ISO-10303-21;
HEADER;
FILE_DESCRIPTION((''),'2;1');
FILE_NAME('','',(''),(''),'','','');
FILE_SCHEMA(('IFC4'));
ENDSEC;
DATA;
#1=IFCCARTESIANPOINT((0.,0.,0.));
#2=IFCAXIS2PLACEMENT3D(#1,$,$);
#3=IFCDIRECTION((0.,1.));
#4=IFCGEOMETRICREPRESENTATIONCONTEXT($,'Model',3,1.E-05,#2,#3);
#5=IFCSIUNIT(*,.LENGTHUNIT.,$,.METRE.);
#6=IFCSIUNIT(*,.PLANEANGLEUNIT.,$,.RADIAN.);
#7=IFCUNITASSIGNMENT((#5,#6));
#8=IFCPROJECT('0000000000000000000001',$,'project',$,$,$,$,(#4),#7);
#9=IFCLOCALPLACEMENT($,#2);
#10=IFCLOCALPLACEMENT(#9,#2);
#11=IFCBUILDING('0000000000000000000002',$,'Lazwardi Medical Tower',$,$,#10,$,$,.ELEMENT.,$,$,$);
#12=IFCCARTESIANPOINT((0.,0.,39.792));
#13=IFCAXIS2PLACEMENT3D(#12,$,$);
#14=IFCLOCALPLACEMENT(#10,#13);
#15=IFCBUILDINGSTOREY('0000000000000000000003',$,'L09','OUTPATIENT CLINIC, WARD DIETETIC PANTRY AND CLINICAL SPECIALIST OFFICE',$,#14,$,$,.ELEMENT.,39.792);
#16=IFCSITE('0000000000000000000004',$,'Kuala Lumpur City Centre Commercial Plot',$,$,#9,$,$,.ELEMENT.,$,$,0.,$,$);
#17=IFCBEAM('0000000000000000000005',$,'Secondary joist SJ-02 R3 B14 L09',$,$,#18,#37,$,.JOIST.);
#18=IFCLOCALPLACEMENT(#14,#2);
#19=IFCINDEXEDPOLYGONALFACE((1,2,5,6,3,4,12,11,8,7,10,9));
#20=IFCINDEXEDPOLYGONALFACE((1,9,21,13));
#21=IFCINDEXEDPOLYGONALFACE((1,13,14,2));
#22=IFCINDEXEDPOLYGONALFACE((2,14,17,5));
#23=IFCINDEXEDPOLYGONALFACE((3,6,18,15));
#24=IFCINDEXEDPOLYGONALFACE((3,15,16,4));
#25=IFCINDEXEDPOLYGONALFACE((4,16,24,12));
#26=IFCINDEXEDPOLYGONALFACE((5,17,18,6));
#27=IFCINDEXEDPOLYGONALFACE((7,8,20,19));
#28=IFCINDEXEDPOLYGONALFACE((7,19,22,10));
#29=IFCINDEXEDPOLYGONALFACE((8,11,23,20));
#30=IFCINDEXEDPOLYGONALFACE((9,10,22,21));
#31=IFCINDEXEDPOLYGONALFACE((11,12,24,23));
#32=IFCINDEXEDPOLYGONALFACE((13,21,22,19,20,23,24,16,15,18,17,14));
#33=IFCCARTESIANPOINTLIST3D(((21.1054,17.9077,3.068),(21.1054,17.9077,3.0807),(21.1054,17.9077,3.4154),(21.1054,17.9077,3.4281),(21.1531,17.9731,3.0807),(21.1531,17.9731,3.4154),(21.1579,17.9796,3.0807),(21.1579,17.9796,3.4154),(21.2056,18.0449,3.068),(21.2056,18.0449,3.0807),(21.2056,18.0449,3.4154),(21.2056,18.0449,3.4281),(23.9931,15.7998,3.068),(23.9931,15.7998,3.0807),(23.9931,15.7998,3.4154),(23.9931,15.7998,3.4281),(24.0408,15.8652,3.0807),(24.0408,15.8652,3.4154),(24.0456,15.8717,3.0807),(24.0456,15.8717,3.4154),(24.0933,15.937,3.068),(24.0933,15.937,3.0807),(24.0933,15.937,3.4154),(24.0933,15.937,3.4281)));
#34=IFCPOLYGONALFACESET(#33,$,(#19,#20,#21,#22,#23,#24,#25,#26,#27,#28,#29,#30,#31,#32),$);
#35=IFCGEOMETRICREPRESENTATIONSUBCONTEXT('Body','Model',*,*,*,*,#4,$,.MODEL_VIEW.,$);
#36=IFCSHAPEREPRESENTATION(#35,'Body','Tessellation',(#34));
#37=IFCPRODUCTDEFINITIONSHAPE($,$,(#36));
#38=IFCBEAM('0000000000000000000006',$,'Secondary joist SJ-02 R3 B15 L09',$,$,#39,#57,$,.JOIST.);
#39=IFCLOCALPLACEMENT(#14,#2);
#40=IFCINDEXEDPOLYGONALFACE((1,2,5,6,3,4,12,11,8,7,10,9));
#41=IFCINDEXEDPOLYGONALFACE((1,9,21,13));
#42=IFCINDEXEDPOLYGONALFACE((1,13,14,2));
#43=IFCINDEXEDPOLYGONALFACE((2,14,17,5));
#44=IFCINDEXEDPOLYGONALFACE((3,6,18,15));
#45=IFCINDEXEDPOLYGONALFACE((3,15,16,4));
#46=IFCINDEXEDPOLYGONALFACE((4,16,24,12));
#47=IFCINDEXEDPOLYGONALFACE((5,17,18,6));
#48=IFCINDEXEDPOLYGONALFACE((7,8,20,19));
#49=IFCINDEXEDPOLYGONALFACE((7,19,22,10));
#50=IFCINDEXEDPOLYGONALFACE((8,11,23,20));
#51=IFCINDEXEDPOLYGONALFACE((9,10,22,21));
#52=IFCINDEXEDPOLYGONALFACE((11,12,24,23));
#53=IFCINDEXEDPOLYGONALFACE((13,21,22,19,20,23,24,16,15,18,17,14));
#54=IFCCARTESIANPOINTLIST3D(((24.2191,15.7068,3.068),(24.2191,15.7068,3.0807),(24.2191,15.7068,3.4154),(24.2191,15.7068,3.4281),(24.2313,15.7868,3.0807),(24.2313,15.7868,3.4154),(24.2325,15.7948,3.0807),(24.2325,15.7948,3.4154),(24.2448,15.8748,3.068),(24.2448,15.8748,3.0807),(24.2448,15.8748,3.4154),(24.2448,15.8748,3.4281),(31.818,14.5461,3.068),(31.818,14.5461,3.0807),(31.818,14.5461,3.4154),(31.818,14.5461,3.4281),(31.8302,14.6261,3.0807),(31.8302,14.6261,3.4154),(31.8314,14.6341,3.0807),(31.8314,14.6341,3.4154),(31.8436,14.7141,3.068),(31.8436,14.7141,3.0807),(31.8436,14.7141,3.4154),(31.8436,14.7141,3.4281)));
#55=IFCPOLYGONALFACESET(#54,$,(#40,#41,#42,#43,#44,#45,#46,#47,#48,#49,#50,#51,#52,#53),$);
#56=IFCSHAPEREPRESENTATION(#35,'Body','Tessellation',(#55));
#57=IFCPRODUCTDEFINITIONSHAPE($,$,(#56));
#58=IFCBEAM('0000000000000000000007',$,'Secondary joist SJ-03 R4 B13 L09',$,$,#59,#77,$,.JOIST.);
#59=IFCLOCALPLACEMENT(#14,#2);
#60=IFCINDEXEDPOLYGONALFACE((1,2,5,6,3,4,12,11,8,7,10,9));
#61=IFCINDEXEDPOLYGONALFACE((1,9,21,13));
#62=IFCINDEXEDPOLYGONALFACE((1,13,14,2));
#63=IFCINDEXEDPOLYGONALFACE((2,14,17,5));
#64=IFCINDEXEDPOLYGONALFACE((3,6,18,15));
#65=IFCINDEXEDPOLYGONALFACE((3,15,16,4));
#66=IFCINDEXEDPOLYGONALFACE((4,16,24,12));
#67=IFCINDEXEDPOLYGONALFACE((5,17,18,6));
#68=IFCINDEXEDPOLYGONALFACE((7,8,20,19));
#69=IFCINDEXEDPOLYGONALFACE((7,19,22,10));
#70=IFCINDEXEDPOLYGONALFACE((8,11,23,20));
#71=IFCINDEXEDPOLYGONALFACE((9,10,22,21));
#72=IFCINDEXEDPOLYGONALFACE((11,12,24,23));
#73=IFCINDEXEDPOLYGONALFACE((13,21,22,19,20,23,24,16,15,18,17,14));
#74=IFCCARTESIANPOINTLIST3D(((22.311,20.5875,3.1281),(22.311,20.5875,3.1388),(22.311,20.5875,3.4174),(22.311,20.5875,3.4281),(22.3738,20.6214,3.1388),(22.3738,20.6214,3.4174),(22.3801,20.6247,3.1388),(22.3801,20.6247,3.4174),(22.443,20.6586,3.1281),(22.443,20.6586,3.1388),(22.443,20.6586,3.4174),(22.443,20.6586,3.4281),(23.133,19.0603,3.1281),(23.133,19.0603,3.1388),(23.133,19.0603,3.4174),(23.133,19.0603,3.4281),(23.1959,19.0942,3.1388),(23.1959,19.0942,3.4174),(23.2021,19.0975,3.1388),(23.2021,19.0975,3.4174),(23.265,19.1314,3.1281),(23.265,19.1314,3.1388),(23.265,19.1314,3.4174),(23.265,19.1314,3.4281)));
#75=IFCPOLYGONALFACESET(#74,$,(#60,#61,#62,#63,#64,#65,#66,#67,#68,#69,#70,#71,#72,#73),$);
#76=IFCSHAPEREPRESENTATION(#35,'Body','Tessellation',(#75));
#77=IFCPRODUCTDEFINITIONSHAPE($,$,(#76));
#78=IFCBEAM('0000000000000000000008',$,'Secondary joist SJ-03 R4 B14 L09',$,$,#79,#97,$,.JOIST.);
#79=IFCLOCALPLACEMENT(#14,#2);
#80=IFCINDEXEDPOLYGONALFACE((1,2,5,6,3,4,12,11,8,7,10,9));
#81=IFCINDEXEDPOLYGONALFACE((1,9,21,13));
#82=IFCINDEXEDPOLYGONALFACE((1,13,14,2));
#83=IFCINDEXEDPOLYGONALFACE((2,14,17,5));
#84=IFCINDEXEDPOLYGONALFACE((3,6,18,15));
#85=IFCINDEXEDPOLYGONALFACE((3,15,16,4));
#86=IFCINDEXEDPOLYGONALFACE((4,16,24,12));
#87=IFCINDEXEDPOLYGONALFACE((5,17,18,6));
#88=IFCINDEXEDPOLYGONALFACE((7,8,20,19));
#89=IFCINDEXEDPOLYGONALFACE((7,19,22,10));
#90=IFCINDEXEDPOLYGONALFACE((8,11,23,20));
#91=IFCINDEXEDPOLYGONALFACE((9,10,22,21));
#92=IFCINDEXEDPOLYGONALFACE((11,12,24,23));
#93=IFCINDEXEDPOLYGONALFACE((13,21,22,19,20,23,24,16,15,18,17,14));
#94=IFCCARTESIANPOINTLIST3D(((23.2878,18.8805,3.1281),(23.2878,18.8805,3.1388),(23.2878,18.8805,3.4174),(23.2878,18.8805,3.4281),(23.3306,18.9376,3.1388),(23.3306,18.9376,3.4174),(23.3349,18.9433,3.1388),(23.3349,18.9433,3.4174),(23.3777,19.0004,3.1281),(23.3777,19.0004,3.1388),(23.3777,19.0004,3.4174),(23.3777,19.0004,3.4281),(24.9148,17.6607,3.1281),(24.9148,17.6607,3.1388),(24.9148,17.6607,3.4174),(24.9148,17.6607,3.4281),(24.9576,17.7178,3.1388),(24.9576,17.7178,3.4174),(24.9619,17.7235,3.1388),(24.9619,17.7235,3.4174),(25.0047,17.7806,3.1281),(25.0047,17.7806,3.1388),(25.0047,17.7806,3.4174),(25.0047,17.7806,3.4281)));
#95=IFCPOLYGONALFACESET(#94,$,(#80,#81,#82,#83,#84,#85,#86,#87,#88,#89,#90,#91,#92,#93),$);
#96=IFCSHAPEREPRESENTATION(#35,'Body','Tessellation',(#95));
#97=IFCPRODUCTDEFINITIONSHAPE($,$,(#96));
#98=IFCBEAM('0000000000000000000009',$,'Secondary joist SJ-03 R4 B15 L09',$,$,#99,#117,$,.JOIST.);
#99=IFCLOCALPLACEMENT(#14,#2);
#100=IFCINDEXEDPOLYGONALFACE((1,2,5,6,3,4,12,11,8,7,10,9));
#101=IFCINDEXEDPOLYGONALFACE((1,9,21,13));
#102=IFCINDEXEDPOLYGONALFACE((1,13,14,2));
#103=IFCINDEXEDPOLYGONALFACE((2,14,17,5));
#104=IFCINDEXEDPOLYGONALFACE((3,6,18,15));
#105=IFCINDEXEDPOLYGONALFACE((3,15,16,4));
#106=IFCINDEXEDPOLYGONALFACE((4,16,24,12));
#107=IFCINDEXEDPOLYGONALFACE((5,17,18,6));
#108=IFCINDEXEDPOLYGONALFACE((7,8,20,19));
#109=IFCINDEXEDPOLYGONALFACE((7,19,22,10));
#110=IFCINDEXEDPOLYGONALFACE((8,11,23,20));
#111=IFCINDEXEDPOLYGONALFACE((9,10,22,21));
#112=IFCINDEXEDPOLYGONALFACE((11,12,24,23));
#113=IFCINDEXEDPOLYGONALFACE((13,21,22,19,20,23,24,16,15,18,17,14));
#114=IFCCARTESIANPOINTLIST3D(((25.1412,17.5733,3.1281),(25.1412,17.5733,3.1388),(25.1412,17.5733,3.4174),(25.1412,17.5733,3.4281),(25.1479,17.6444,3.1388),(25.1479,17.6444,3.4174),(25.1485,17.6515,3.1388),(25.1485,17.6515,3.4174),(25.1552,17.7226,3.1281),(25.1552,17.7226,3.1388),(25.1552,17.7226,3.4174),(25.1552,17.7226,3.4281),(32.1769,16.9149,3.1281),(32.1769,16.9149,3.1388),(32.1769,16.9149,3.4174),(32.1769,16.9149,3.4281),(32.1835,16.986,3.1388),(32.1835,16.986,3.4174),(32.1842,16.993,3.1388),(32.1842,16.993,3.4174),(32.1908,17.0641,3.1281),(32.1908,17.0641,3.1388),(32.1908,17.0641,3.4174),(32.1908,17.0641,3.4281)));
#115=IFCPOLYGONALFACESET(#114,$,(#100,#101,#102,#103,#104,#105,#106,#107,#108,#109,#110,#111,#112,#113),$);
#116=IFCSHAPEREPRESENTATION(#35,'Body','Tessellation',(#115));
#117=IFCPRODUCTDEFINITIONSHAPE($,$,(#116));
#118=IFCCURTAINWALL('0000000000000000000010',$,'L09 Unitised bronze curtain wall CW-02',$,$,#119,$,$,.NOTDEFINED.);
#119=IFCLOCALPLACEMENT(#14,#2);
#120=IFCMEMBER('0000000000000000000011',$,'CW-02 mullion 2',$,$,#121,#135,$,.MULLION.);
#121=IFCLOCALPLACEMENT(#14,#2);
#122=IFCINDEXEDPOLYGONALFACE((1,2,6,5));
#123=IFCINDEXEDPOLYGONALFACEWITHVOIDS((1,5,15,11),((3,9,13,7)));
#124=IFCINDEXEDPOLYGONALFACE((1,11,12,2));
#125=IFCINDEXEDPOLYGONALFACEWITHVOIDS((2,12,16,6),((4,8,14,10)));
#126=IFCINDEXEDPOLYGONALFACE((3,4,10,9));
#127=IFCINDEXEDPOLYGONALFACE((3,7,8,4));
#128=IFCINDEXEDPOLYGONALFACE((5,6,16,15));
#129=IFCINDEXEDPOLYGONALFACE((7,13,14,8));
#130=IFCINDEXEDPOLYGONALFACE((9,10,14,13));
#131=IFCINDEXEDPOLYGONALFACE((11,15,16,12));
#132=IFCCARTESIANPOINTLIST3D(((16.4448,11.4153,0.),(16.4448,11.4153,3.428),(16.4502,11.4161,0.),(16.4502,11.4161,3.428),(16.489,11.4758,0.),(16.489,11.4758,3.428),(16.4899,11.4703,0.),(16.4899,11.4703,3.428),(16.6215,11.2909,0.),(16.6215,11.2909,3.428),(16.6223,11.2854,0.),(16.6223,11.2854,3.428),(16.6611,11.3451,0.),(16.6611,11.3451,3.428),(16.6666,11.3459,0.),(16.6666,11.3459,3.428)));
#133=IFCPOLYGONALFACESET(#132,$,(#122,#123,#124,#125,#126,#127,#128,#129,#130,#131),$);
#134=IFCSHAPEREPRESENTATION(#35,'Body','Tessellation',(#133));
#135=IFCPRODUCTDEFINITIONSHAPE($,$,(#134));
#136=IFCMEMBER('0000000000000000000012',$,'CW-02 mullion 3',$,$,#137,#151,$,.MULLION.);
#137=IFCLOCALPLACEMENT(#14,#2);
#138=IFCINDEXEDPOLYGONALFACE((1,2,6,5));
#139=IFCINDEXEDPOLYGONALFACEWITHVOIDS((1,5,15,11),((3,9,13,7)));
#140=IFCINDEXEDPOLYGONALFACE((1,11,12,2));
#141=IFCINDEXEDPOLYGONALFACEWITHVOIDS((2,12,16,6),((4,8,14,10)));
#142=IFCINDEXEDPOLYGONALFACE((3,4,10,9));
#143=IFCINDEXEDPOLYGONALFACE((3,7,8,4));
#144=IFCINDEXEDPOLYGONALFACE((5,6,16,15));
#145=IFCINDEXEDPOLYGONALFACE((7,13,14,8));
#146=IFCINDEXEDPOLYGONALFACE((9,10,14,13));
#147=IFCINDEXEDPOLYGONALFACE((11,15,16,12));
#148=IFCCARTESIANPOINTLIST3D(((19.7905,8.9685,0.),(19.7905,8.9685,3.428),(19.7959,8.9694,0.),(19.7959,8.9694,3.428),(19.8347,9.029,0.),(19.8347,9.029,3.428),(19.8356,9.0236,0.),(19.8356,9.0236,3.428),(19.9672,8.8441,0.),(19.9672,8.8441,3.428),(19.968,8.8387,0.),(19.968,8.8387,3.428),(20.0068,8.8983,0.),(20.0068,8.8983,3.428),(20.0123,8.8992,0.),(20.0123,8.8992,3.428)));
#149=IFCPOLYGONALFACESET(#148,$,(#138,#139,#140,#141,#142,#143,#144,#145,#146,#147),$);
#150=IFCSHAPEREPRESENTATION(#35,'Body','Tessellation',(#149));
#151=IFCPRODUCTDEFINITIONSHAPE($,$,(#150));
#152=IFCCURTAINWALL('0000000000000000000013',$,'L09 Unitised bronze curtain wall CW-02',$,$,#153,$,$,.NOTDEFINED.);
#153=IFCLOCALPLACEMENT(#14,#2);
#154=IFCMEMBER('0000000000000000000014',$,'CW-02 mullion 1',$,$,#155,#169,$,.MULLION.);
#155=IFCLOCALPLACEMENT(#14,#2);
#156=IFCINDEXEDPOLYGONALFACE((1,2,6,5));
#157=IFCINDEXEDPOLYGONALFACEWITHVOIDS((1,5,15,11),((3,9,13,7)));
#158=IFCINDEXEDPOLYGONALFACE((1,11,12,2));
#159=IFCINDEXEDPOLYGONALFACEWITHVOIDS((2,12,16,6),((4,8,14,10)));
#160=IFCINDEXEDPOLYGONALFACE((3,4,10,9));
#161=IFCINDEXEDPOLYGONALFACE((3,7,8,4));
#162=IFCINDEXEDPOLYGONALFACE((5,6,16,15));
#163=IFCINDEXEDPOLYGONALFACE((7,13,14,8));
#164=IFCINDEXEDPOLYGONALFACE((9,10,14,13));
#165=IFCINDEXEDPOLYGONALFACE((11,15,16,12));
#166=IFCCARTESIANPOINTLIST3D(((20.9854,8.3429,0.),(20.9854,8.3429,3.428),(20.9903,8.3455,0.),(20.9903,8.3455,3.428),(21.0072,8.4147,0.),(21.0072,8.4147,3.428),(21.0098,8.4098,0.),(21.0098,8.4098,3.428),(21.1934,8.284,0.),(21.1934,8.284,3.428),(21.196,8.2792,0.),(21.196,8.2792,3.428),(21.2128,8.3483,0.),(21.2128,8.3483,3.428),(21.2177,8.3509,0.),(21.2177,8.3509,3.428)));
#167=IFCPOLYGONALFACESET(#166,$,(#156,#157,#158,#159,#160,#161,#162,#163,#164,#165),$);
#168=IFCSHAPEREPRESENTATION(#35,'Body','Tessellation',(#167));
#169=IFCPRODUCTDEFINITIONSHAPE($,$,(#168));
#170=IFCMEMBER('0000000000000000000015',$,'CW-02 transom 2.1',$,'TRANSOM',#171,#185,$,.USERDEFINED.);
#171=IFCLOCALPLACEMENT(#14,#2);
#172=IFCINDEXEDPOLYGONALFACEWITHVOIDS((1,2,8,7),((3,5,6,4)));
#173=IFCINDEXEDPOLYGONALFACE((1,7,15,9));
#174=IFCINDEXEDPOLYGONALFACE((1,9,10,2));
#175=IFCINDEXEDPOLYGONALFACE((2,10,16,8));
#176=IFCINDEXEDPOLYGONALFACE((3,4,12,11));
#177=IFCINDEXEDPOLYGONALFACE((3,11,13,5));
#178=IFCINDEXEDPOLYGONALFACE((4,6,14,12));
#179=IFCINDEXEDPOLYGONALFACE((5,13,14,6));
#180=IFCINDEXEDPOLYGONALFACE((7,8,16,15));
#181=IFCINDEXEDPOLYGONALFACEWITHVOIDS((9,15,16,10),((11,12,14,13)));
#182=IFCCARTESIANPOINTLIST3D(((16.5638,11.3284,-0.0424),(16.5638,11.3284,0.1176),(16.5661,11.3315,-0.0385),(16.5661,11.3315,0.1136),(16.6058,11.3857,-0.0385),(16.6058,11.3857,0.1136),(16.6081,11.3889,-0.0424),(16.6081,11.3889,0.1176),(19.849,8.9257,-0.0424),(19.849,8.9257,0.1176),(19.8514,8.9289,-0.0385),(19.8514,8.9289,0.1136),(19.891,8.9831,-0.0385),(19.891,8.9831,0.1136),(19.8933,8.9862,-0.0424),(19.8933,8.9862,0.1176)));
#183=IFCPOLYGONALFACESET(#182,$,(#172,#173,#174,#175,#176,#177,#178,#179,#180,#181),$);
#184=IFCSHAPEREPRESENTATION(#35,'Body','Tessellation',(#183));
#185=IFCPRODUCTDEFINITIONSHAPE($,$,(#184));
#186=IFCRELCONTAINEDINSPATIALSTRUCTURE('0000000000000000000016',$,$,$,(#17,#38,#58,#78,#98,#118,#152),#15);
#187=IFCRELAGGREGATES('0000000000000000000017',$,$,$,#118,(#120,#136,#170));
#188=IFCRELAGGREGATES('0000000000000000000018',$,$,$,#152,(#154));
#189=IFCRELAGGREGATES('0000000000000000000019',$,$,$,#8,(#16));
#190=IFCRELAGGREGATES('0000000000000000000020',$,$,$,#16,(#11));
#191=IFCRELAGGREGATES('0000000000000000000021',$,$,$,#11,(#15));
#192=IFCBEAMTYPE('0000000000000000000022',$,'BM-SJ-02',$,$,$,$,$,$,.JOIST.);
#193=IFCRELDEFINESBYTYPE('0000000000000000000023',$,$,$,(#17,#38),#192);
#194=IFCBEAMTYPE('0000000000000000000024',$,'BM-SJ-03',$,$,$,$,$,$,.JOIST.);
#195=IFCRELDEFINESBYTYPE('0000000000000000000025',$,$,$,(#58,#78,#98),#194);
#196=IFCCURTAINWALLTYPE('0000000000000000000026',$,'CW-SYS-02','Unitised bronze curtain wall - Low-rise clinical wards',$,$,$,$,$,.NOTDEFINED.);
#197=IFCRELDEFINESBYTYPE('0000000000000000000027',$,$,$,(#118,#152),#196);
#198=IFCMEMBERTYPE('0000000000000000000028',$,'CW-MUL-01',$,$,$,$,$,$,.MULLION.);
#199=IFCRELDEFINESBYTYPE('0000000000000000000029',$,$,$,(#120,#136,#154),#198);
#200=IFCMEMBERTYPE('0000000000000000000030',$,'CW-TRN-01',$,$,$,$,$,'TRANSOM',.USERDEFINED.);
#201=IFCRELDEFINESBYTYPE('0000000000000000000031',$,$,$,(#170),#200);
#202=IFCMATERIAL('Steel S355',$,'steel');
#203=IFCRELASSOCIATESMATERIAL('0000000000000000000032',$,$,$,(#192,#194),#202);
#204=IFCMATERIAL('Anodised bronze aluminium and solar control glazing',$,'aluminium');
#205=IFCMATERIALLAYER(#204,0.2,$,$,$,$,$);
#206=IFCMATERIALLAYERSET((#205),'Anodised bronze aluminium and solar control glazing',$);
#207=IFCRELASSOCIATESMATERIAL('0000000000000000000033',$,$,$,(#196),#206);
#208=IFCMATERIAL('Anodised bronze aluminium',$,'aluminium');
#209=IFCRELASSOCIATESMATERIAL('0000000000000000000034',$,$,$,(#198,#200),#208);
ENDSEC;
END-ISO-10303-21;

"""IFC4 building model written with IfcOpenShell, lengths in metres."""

from ifc_helpers import new_model, si_unit, direction, frame, origin, origin_2d, place, context, subcontext, project, spatial, hollow_rectangle, i_section, extrude, material, layer, layer_set, material_profile, profile_set, type_object, element, aggregate, save


model = new_model("IFC4")

# Units and contexts
model_context = context("Model", 3, precision=1e-05, world=origin(), true_north=direction((0.0, 1.0)))
body_context = subcontext(model_context, "Body", "Model", "MODEL_VIEW")
ifc_project = project(units=[si_unit("LENGTHUNIT", "METRE"), si_unit("PLANEANGLEUNIT", "RADIAN")], contexts=[model_context])

# Site, building, storey
site_placement = place(None, origin())
site = spatial("IfcSite", under=ifc_project, at=site_placement, Name="Kuala Lumpur City Centre Commercial Plot", CompositionType="ELEMENT", RefElevation=0.0)
building_placement = place(site_placement, origin())
building = spatial("IfcBuilding", under=site, at=building_placement, Name="Lazwardi Medical Tower", CompositionType="ELEMENT")
storey_placement = place(building_placement, frame((0.0, 0.0, 39.792)))
storey = spatial("IfcBuildingStorey", under=building, at=storey_placement, Name="L09", Description="OUTPATIENT CLINIC, WARD DIETETIC PANTRY AND CLINICAL SPECIALIST OFFICE", CompositionType="ELEMENT", Elevation=39.792)

# Beams
ifc_material_1 = material(Name="Steel S355", Category="steel")
ifc_material_profile_1 = material_profile(ifc_material_1, i_section(OverallWidth=0.1699, OverallDepth=0.3601, WebThickness=0.0081, FlangeThickness=0.0127, at=origin_2d()), Name="IPE 360")
ifc_profile_set_1 = profile_set([ifc_material_profile_1], Name="Steel S355")
beam_type_1 = type_object("IfcBeamType", Name="BM-SJ-02", PredefinedType="JOIST", material=ifc_profile_set_1)
beam_1_placement = place(storey_placement, frame((21.1555, 17.9763, 3.248), z_axis=(0.807701, -0.589592, 0.0), x_axis=(0.589592, 0.807701, 0.0)))
element("IfcBeam", 1, at=beam_1_placement, inside=storey, type_object=beam_type_1, Name="Secondary joist SJ-02 R3 B14 L09", PredefinedType="JOIST", context=body_context, shape_type="SweptSolid", body=[
    extrude(i_section(OverallWidth=0.1699, OverallDepth=0.3601, WebThickness=0.0081, FlangeThickness=0.0127, at=origin_2d()), origin(), (0.0, 0.0, 1.0), 3.5752),
])
beam_2_placement = place(storey_placement, frame((24.2319, 15.7908, 3.248), z_axis=(0.988536, -0.150988, 0.0), x_axis=(0.150988, 0.988536, 0.0)))
element("IfcBeam", 2, at=beam_2_placement, inside=storey, type_object=beam_type_1, Name="Secondary joist SJ-02 R3 B15 L09", PredefinedType="JOIST", context=body_context, shape_type="SweptSolid", body=[
    extrude(i_section(OverallWidth=0.1699, OverallDepth=0.3601, WebThickness=0.0081, FlangeThickness=0.0127, at=origin_2d()), origin(), (0.0, 0.0, 1.0), 7.687),
])
ifc_material_profile_2 = material_profile(ifc_material_1, i_section(OverallWidth=0.1499, OverallDepth=0.3, WebThickness=0.0071, FlangeThickness=0.0107, at=origin_2d()), Name="IPE 300")
ifc_profile_set_2 = profile_set([ifc_material_profile_2], Name="Steel S355")
beam_type_2 = type_object("IfcBeamType", Name="BM-SJ-03", PredefinedType="JOIST", material=ifc_profile_set_2)
beam_3_placement = place(storey_placement, frame((22.377, 20.623, 3.2781), z_axis=(0.473982, -0.880534, 0.0), x_axis=(0.880534, 0.473982, 0.0)))
element("IfcBeam", 3, at=beam_3_placement, inside=storey, type_object=beam_type_2, Name="Secondary joist SJ-03 R4 B13 L09", PredefinedType="JOIST", context=body_context, shape_type="SweptSolid", body=[
    extrude(i_section(OverallWidth=0.1499, OverallDepth=0.3, WebThickness=0.0071, FlangeThickness=0.0107, at=origin_2d()), origin(), (0.0, 0.0, 1.0), 1.7344),
])
beam_4_placement = place(storey_placement, frame((23.3328, 18.9404, 3.2781), z_axis=(0.800115, -0.599846, 0.0), x_axis=(0.599846, 0.800115, 0.0)))
element("IfcBeam", 4, at=beam_4_placement, inside=storey, type_object=beam_type_2, Name="Secondary joist SJ-03 R4 B14 L09", PredefinedType="JOIST", context=body_context, shape_type="SweptSolid", body=[
    extrude(i_section(OverallWidth=0.1499, OverallDepth=0.3, WebThickness=0.0071, FlangeThickness=0.0107, at=origin_2d()), origin(), (0.0, 0.0, 1.0), 2.0334),
])
beam_5_placement = place(storey_placement, frame((25.1482, 17.6479, 3.2781), z_axis=(0.995649, -0.09318, 0.0), x_axis=(0.09318, 0.995649, 0.0)))
element("IfcBeam", 5, at=beam_5_placement, inside=storey, type_object=beam_type_2, Name="Secondary joist SJ-03 R4 B15 L09", PredefinedType="JOIST", context=body_context, shape_type="SweptSolid", body=[
    extrude(i_section(OverallWidth=0.1499, OverallDepth=0.3, WebThickness=0.0071, FlangeThickness=0.0107, at=origin_2d()), origin(), (0.0, 0.0, 1.0), 7.0664),
])

# Curtain wall, members
ifc_material_2 = material(Name="Anodised bronze aluminium and solar control glazing", Category="aluminium")
ifc_layer_1 = layer(ifc_material_2, 0.2)
ifc_layer_set_1 = layer_set([ifc_layer_1], Name="Anodised bronze aluminium and solar control glazing")
curtain_wall_type = type_object("IfcCurtainWallType", Name="CW-SYS-02", Description="Unitised bronze curtain wall - Low-rise clinical wards", PredefinedType="NOTDEFINED", material=ifc_layer_set_1)
curtain_wall_1_placement = place(storey_placement, origin())
curtain_wall_1 = element("IfcCurtainWall", 6, at=curtain_wall_1_placement, inside=storey, type_object=curtain_wall_type, Name="L09 Unitised bronze curtain wall CW-02", PredefinedType="NOTDEFINED")
ifc_material_3 = material(Name="Anodised bronze aluminium", Category="aluminium")
ifc_material_profile_3 = material_profile(ifc_material_3, hollow_rectangle(XDim=0.075, YDim=0.22, WallThickness=0.0039, at=origin_2d()), Name="ALU-MULLION 220x75x4")
ifc_profile_set_3 = profile_set([ifc_material_profile_3], Name="Anodised bronze aluminium")
member_type_1 = type_object("IfcMemberType", Name="CW-MUL-01", PredefinedType="MULLION", material=ifc_profile_set_3)
member_1_placement = place(storey_placement, frame((16.5557, 11.3806, 0.0), z_axis=(0.0, 0.0, 1.0), x_axis=(0.590289, 0.807192, 0.0)))
member_1 = element("IfcMember", 7, at=member_1_placement, type_object=member_type_1, Name="CW-02 mullion 2", PredefinedType="MULLION", context=body_context, shape_type="SweptSolid", body=[
    extrude(hollow_rectangle(XDim=0.075, YDim=0.22, WallThickness=0.0039, at=origin_2d()), origin(), (0.0, 0.0, 1.0), 3.428),
])
member_2_placement = place(storey_placement, frame((19.9014, 8.9338, 0.0), z_axis=(0.0, 0.0, 1.0), x_axis=(0.590289, 0.807192, 0.0)))
member_2 = element("IfcMember", 8, at=member_2_placement, type_object=member_type_1, Name="CW-02 mullion 3", PredefinedType="MULLION", context=body_context, shape_type="SweptSolid", body=[
    extrude(hollow_rectangle(XDim=0.075, YDim=0.22, WallThickness=0.0039, at=origin_2d()), origin(), (0.0, 0.0, 1.0), 3.428),
])

# Curtain wall, member
curtain_wall_2_placement = place(storey_placement, origin())
curtain_wall_2 = element("IfcCurtainWall", 9, at=curtain_wall_2_placement, inside=storey, type_object=curtain_wall_type, Name="L09 Unitised bronze curtain wall CW-02", PredefinedType="NOTDEFINED")
member_3_placement = place(storey_placement, frame((21.1016, 8.3469, 0.0), z_axis=(0.0, 0.0, 1.0), x_axis=(0.289896, 0.957058, 0.0)))
member_3 = element("IfcMember", 10, at=member_3_placement, type_object=member_type_1, Name="CW-02 mullion 1", PredefinedType="MULLION", context=body_context, shape_type="SweptSolid", body=[
    extrude(hollow_rectangle(XDim=0.075, YDim=0.22, WallThickness=0.0039, at=origin_2d()), origin(), (0.0, 0.0, 1.0), 3.428),
])

# Member
ifc_material_profile_4 = material_profile(ifc_material_3, hollow_rectangle(XDim=0.075, YDim=0.1599, WallThickness=0.0039, at=origin_2d()), Name="ALU-TRANSOM 160x75x4")
ifc_profile_set_4 = profile_set([ifc_material_profile_4], Name="Anodised bronze aluminium")
member_type_2 = type_object("IfcMemberType", Name="CW-TRN-01", ElementType="TRANSOM", PredefinedType="USERDEFINED", material=ifc_profile_set_4)
member_4_placement = place(storey_placement, frame((16.5859, 11.3586, 0.0376), z_axis=(0.807169, -0.59032, 0.0), x_axis=(0.59032, 0.807169, 0.0)))
member_4 = element("IfcMember", 11, at=member_4_placement, type_object=member_type_2, Name="CW-02 transom 2.1", ObjectType="TRANSOM", PredefinedType="USERDEFINED", context=body_context, shape_type="SweptSolid", body=[
    extrude(hollow_rectangle(XDim=0.075, YDim=0.1599, WallThickness=0.0039, at=origin_2d()), origin(), (0.0, 0.0, 1.0), 4.0701),
])

aggregate(curtain_wall_1, [member_1, member_2, member_4])
aggregate(curtain_wall_2, [member_3])

save(model, "model.ifc")
